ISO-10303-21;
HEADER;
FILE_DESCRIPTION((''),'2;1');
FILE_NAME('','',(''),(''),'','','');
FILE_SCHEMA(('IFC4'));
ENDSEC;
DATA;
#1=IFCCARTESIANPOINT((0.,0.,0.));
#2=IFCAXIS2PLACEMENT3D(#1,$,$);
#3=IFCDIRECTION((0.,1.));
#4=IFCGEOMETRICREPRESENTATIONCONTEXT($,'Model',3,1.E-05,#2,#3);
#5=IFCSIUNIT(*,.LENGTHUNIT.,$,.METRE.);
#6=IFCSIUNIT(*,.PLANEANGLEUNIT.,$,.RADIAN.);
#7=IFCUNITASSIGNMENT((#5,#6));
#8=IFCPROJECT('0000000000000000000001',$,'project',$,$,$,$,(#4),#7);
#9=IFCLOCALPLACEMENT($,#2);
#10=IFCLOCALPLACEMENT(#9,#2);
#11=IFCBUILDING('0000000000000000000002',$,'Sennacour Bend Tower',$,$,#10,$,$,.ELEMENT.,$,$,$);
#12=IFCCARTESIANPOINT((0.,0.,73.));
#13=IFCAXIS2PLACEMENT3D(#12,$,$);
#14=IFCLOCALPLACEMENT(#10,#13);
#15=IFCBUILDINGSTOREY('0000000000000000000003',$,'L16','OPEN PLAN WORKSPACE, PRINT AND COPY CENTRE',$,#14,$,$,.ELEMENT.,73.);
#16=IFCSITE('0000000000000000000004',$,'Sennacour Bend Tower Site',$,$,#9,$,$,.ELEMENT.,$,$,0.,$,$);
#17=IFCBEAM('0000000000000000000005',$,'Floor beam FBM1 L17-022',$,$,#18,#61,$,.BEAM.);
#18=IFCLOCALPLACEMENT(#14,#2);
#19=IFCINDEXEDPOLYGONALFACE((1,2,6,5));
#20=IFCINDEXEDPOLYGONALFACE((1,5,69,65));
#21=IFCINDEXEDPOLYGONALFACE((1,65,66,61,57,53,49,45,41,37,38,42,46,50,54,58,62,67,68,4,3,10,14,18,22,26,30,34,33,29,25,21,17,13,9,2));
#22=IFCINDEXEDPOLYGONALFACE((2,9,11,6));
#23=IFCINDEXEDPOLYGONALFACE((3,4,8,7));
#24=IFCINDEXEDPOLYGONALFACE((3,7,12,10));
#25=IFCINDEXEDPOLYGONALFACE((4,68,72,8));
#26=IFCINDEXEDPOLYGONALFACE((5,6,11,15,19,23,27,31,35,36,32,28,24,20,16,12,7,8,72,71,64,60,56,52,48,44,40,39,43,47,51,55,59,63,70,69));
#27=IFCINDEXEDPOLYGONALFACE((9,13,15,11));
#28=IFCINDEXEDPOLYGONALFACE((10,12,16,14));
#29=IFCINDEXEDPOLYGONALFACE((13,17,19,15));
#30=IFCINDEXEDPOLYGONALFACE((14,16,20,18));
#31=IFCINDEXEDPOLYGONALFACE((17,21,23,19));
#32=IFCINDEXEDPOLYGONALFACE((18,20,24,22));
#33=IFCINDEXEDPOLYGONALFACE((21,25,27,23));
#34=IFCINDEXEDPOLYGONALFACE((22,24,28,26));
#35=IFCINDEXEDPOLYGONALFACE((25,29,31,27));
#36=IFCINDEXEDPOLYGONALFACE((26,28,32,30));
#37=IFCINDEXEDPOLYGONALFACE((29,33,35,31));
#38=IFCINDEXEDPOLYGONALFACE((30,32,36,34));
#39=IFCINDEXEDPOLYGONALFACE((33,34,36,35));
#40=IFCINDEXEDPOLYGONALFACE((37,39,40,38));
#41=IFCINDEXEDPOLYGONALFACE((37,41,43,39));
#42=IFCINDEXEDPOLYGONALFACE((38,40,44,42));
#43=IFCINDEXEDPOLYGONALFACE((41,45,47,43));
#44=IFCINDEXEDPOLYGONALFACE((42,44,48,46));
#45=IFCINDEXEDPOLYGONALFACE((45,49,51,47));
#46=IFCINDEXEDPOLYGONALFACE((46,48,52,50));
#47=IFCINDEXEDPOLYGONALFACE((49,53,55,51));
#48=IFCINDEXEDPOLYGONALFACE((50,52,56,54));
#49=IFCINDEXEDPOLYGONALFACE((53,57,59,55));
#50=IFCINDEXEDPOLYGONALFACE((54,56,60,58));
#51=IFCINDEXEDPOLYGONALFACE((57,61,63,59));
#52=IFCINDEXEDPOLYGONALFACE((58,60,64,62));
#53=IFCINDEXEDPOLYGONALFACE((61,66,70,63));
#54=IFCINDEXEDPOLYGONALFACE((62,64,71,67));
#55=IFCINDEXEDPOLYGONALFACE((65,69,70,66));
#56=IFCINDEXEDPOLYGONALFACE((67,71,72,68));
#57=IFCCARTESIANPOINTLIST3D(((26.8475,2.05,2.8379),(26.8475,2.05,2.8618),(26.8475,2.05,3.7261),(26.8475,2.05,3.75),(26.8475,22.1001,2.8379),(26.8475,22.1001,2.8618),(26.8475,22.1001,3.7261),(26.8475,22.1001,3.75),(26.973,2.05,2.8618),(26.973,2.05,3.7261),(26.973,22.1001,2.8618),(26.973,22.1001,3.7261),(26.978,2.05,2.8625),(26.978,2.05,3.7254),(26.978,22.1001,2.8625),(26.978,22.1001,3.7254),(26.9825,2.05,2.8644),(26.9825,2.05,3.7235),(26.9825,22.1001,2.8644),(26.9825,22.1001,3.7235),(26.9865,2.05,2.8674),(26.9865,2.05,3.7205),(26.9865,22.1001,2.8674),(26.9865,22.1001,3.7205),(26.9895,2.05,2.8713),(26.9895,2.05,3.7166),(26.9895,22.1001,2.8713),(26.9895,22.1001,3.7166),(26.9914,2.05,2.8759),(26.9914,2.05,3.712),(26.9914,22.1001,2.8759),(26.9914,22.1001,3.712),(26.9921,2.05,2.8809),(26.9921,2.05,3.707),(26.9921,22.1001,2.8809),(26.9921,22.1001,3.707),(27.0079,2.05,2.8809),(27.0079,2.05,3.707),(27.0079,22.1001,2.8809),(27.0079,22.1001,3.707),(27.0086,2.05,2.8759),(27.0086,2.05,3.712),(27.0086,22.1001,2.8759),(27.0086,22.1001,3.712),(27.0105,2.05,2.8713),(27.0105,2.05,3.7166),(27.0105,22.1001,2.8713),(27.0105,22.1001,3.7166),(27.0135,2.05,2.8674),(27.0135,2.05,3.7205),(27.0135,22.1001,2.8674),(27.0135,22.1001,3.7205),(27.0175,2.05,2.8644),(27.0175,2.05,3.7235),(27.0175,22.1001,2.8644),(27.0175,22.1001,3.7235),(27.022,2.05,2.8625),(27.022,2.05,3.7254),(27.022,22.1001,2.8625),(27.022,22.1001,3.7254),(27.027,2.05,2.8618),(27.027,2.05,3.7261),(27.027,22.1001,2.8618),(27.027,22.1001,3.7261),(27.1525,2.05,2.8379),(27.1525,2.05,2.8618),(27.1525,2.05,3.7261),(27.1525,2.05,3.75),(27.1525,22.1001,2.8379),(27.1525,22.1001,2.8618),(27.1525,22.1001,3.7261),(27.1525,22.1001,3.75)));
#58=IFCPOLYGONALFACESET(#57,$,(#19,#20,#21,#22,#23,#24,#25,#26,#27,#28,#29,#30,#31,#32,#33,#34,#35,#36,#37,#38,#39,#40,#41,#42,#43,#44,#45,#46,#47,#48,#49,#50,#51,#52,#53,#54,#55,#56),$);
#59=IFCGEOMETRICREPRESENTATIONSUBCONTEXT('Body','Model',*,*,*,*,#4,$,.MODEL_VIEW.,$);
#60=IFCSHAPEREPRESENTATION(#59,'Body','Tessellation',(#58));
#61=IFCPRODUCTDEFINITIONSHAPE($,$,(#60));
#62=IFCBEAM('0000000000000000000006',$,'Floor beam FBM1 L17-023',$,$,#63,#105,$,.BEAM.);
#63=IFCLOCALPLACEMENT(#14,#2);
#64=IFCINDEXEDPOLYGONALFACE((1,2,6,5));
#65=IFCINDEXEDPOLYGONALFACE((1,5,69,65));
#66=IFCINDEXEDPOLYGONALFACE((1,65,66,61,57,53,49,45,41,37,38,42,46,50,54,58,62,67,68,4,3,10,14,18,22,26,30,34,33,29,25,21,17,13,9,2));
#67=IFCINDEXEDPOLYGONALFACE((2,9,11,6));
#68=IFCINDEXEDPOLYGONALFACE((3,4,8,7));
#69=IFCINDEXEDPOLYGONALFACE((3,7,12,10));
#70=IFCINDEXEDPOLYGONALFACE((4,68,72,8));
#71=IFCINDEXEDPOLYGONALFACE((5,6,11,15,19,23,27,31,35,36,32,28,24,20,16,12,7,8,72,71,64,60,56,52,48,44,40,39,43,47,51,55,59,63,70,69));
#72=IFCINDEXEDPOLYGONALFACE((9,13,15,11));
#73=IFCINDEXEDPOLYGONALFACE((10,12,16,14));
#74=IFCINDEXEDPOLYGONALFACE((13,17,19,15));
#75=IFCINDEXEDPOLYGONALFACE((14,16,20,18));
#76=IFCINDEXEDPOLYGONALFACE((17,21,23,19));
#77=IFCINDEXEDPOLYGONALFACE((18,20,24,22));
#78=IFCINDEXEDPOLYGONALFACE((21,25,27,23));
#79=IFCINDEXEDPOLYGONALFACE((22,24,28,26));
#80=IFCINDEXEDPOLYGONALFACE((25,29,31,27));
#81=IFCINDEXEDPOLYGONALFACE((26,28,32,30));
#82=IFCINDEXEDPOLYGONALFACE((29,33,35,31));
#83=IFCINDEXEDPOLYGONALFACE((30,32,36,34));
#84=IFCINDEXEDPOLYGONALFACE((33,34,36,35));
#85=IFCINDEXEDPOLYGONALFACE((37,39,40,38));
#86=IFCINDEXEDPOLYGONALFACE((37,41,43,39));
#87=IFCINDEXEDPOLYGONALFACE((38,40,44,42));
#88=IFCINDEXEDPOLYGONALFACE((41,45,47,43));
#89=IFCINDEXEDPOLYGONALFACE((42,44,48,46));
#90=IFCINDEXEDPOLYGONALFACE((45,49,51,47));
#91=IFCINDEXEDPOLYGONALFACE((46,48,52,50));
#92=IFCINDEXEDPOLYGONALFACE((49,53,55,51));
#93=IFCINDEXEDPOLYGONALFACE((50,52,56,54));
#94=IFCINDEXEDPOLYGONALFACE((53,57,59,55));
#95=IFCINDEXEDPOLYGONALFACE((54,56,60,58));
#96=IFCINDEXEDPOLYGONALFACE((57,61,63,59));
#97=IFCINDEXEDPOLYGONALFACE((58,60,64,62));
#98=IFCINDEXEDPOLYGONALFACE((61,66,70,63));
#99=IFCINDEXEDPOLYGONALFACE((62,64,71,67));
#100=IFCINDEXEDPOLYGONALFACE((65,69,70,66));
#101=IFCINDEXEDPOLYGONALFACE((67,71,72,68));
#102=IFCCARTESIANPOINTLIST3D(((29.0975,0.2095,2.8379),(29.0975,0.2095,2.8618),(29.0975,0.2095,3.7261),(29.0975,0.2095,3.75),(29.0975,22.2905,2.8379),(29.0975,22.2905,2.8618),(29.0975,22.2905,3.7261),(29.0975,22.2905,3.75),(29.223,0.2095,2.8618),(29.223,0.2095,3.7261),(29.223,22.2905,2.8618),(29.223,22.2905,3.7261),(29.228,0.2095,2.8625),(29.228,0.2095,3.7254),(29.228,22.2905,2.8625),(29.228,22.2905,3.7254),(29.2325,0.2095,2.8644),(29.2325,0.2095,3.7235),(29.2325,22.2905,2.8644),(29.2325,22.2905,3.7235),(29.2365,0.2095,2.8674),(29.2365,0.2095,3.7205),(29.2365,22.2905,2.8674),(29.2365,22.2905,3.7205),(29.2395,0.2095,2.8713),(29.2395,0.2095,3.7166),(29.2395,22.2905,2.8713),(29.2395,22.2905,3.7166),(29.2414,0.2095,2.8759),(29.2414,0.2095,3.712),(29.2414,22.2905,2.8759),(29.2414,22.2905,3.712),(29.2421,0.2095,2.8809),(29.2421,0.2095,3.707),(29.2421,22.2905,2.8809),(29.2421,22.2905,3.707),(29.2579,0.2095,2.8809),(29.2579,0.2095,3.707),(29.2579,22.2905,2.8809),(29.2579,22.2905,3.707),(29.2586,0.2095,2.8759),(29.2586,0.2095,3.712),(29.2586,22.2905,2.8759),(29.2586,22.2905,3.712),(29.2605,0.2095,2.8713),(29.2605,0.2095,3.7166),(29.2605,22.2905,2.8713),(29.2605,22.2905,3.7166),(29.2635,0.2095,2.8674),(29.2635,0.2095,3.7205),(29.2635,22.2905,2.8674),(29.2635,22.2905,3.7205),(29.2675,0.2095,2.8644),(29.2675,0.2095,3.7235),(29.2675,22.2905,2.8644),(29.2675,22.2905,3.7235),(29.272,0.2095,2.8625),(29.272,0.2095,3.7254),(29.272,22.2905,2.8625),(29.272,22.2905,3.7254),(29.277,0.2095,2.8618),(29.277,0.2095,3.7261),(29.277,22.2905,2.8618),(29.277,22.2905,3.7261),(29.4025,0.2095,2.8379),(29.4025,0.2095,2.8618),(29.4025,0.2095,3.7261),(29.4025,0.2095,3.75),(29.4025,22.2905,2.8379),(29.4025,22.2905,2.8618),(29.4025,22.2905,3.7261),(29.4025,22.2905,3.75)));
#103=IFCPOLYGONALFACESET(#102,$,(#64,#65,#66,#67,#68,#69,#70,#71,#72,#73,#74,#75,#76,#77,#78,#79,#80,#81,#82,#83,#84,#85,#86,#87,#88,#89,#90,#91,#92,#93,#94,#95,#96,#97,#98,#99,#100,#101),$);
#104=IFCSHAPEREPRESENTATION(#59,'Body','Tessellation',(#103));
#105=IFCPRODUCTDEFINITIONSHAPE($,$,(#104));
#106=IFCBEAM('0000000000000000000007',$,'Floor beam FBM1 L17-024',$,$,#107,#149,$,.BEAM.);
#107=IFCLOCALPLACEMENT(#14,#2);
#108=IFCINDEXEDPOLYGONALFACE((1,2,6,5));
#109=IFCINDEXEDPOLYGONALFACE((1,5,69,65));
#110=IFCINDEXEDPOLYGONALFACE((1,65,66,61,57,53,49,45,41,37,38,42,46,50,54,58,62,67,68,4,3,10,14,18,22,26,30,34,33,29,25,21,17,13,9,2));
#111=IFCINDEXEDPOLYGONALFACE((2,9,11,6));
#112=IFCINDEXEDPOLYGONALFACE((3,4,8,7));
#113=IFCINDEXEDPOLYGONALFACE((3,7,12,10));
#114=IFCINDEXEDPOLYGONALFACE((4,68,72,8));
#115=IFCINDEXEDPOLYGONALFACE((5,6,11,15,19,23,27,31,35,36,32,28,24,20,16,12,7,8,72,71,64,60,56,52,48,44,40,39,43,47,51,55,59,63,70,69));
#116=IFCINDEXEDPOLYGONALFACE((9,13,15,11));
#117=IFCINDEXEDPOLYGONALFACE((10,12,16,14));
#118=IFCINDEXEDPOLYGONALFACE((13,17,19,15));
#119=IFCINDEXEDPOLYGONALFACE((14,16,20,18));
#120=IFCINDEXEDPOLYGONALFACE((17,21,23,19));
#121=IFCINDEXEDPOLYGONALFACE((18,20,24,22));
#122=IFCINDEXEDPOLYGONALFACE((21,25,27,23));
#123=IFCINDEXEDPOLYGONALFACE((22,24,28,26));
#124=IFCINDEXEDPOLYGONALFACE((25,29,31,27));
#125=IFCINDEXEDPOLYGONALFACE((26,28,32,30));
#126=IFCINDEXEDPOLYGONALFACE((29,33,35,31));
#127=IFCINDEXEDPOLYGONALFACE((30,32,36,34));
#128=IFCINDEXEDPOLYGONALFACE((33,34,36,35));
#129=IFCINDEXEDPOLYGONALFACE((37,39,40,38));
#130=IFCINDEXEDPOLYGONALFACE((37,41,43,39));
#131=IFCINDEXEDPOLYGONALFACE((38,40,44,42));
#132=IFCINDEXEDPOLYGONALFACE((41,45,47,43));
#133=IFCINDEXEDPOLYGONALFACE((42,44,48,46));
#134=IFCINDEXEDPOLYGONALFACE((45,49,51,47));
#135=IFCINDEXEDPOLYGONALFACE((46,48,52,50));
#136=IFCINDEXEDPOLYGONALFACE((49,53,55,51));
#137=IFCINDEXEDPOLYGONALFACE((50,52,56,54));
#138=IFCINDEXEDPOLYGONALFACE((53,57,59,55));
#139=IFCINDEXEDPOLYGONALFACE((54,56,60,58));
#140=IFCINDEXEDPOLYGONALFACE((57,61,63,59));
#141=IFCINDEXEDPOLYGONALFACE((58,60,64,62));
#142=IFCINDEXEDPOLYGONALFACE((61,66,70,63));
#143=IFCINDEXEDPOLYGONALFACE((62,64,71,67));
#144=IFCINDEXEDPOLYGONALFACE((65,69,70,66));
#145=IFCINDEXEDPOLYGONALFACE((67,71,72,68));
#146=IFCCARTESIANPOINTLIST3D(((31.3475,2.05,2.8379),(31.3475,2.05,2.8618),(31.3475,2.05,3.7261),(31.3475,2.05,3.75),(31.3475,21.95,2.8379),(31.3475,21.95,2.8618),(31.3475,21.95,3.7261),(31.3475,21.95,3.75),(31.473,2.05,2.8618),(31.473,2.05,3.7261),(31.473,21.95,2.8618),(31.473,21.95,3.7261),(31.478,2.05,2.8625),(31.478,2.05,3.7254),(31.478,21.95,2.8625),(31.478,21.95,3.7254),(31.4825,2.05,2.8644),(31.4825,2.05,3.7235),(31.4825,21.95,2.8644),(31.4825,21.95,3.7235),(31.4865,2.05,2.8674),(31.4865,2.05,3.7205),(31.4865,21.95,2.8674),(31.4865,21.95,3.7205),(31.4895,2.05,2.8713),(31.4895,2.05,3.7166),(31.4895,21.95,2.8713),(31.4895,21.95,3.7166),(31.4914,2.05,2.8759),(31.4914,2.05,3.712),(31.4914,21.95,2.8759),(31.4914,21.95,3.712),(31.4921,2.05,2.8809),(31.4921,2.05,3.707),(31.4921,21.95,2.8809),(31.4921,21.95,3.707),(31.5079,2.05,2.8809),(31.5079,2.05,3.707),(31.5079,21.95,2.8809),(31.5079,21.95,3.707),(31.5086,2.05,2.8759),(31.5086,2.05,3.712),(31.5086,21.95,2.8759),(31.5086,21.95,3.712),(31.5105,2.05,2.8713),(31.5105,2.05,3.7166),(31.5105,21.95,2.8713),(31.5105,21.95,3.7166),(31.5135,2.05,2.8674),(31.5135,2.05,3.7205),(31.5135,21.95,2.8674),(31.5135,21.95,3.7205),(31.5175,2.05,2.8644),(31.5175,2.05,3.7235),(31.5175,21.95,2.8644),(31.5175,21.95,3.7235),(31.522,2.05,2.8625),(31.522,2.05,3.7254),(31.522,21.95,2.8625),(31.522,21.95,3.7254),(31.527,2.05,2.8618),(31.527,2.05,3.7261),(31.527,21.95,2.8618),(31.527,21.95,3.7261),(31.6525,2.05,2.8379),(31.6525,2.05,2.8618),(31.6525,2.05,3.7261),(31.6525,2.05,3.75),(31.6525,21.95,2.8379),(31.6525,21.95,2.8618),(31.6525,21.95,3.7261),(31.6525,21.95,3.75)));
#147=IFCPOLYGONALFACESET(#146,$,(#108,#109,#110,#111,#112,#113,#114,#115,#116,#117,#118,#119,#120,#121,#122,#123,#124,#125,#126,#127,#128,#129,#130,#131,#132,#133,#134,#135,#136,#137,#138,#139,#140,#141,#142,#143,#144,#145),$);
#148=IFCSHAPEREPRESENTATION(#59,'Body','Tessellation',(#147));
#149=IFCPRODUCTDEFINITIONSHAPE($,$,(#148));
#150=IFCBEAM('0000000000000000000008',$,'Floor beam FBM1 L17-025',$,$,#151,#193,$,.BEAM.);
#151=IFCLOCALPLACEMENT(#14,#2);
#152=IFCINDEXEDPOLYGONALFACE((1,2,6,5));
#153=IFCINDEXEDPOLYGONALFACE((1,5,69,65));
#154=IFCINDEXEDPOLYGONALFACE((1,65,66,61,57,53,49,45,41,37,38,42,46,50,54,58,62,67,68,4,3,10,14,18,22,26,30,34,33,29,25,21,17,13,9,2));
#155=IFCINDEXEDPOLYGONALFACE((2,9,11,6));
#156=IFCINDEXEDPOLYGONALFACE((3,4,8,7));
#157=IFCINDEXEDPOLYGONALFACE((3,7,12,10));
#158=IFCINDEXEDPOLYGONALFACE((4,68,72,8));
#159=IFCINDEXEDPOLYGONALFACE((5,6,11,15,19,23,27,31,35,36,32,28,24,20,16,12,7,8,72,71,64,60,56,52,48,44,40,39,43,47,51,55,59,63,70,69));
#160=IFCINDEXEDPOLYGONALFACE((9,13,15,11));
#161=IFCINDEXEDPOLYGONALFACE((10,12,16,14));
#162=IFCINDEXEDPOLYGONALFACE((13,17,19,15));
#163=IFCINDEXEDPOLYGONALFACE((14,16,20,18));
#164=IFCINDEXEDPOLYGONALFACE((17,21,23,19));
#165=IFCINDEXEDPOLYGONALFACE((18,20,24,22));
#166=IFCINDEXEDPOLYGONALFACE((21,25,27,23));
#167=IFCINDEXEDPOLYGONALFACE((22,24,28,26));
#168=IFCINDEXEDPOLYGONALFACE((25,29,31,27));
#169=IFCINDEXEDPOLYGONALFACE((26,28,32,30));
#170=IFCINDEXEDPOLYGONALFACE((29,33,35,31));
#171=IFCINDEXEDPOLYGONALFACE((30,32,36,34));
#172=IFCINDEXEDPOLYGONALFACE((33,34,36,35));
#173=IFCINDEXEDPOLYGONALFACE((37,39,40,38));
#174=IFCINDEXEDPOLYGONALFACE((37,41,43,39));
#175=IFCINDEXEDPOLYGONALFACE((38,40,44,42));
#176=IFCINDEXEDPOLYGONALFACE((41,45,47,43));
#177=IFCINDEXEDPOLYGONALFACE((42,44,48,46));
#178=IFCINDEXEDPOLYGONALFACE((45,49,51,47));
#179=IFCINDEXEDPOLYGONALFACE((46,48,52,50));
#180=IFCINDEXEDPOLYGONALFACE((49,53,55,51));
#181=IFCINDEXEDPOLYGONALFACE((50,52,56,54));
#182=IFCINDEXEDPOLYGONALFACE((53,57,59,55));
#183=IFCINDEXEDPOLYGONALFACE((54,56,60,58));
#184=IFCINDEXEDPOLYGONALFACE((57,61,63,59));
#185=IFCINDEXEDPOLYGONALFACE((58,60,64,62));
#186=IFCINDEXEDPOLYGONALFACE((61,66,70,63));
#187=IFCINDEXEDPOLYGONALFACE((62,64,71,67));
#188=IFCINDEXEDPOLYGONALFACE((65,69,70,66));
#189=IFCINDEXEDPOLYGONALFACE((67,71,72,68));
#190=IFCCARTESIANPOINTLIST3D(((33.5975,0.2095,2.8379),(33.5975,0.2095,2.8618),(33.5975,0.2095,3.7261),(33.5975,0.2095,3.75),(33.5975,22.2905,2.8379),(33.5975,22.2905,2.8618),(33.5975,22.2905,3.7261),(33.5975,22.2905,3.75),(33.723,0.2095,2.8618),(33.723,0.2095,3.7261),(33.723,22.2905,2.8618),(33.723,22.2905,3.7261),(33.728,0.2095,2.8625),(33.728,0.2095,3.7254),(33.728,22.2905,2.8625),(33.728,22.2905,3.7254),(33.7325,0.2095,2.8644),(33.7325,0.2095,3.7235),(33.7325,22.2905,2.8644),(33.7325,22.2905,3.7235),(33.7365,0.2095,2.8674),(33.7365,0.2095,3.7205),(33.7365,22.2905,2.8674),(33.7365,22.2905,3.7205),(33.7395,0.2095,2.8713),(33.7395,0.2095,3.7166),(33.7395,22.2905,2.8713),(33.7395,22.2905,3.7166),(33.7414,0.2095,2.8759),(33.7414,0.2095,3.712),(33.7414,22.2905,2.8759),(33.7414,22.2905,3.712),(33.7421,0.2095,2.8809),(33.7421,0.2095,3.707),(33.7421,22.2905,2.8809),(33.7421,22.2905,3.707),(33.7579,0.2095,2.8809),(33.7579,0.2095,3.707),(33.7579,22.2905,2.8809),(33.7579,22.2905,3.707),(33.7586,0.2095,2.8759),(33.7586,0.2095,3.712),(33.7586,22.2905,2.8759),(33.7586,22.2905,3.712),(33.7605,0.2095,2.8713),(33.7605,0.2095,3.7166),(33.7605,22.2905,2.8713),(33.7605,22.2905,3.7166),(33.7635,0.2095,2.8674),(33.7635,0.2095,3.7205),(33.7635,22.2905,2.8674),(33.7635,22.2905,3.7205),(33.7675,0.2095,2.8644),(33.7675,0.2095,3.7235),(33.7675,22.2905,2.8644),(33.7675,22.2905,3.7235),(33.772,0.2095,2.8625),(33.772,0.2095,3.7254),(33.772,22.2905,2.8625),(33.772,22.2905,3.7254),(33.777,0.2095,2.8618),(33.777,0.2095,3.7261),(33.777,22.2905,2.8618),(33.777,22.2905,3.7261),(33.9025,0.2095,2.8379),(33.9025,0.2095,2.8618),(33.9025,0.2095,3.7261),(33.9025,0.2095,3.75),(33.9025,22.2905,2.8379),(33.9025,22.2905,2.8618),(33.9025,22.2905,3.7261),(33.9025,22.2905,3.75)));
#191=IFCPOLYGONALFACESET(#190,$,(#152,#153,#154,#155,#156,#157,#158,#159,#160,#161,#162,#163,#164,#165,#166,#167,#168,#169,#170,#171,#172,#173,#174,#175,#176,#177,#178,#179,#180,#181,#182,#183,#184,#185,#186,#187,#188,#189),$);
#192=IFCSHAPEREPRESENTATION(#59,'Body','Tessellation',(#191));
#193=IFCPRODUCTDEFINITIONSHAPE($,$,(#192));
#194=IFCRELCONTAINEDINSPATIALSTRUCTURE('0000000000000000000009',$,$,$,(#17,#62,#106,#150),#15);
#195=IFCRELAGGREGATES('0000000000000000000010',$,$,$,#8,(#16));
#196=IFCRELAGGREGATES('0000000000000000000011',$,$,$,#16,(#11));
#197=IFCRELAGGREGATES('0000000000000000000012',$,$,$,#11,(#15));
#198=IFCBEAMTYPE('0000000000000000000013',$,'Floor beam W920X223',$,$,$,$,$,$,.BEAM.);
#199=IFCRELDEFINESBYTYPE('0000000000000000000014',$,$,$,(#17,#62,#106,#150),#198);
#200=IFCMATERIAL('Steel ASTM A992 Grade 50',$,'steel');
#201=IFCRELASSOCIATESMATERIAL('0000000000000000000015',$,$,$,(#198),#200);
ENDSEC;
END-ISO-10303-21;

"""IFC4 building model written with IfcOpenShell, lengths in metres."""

from ifc_helpers import new_model, si_unit, direction, frame, origin, origin_2d, place, context, subcontext, project, spatial, i_section, extrude, material, material_profile, profile_set, type_object, element, save


model = new_model("IFC4")

# Units and contexts
model_context = context("Model", 3, precision=1e-05, world=origin(), true_north=direction((0.0, 1.0)))
body_context = subcontext(model_context, "Body", "Model", "MODEL_VIEW")
ifc_project = project(units=[si_unit("LENGTHUNIT", "METRE"), si_unit("PLANEANGLEUNIT", "RADIAN")], contexts=[model_context])

# Site, building, storey
site_placement = place(None, origin())
site = spatial("IfcSite", under=ifc_project, at=site_placement, Name="Sennacour Bend Tower Site", CompositionType="ELEMENT", RefElevation=0.0)
building_placement = place(site_placement, origin())
building = spatial("IfcBuilding", under=site, at=building_placement, Name="Sennacour Bend Tower", CompositionType="ELEMENT")
storey_placement = place(building_placement, frame((0.0, 0.0, 73.0)))
storey = spatial("IfcBuildingStorey", under=building, at=storey_placement, Name="L16", Description="OPEN PLAN WORKSPACE, PRINT AND COPY CENTRE", CompositionType="ELEMENT", Elevation=73.0)

# Beams
ifc_material_1 = material(Name="Steel ASTM A992 Grade 50", Category="steel")
ifc_material_profile_1 = material_profile(ifc_material_1, i_section(OverallWidth=0.3049, OverallDepth=0.9121, WebThickness=0.0159, FlangeThickness=0.0239, FilletRadius=0.019, at=origin_2d()), Name="Steel ASTM A992 Grade 50", Category="steel")
ifc_profile_set_1 = profile_set([ifc_material_profile_1], Name="Steel ASTM A992 Grade 50")
beam_type_1 = type_object("IfcBeamType", Name="Floor beam W920X223", PredefinedType="BEAM", material=ifc_profile_set_1)
beam_1_placement = place(storey_placement, frame((27.0, 2.05, 3.2939), z_axis=(0.0, 1.0, 0.0), x_axis=(-1.0, 0.0, 0.0)))
element("IfcBeam", 1, at=beam_1_placement, inside=storey, type_object=beam_type_1, Name="Floor beam FBM1 L17-022", PredefinedType="BEAM", context=body_context, shape_type="SweptSolid", body=[
    extrude(i_section(OverallWidth=0.3049, OverallDepth=0.9121, WebThickness=0.0159, FlangeThickness=0.0239, FilletRadius=0.019, at=origin_2d()), origin(), (0.0, 0.0, 1.0), 20.05),
])
beam_2_placement = place(storey_placement, frame((29.25, 0.2095, 3.2939), z_axis=(0.0, 1.0, 0.0), x_axis=(-1.0, 0.0, 0.0)))
element("IfcBeam", 2, at=beam_2_placement, inside=storey, type_object=beam_type_1, Name="Floor beam FBM1 L17-023", PredefinedType="BEAM", context=body_context, shape_type="SweptSolid", body=[
    extrude(i_section(OverallWidth=0.3049, OverallDepth=0.9121, WebThickness=0.0159, FlangeThickness=0.0239, FilletRadius=0.019, at=origin_2d()), origin(), (0.0, 0.0, 1.0), 22.0811),
])
beam_3_placement = place(storey_placement, frame((31.5, 2.05, 3.2939), z_axis=(0.0, 1.0, 0.0), x_axis=(-1.0, 0.0, 0.0)))
element("IfcBeam", 3, at=beam_3_placement, inside=storey, type_object=beam_type_1, Name="Floor beam FBM1 L17-024", PredefinedType="BEAM", context=body_context, shape_type="SweptSolid", body=[
    extrude(i_section(OverallWidth=0.3049, OverallDepth=0.9121, WebThickness=0.0159, FlangeThickness=0.0239, FilletRadius=0.019, at=origin_2d()), origin(), (0.0, 0.0, 1.0), 19.8999),
])
beam_4_placement = place(storey_placement, frame((33.75, 0.2095, 3.2939), z_axis=(0.0, 1.0, 0.0), x_axis=(-1.0, 0.0, 0.0)))
element("IfcBeam", 4, at=beam_4_placement, inside=storey, type_object=beam_type_1, Name="Floor beam FBM1 L17-025", PredefinedType="BEAM", context=body_context, shape_type="SweptSolid", body=[
    extrude(i_section(OverallWidth=0.3049, OverallDepth=0.9121, WebThickness=0.0159, FlangeThickness=0.0239, FilletRadius=0.019, at=origin_2d()), origin(), (0.0, 0.0, 1.0), 22.0811),
])

save(model, "model.ifc")
